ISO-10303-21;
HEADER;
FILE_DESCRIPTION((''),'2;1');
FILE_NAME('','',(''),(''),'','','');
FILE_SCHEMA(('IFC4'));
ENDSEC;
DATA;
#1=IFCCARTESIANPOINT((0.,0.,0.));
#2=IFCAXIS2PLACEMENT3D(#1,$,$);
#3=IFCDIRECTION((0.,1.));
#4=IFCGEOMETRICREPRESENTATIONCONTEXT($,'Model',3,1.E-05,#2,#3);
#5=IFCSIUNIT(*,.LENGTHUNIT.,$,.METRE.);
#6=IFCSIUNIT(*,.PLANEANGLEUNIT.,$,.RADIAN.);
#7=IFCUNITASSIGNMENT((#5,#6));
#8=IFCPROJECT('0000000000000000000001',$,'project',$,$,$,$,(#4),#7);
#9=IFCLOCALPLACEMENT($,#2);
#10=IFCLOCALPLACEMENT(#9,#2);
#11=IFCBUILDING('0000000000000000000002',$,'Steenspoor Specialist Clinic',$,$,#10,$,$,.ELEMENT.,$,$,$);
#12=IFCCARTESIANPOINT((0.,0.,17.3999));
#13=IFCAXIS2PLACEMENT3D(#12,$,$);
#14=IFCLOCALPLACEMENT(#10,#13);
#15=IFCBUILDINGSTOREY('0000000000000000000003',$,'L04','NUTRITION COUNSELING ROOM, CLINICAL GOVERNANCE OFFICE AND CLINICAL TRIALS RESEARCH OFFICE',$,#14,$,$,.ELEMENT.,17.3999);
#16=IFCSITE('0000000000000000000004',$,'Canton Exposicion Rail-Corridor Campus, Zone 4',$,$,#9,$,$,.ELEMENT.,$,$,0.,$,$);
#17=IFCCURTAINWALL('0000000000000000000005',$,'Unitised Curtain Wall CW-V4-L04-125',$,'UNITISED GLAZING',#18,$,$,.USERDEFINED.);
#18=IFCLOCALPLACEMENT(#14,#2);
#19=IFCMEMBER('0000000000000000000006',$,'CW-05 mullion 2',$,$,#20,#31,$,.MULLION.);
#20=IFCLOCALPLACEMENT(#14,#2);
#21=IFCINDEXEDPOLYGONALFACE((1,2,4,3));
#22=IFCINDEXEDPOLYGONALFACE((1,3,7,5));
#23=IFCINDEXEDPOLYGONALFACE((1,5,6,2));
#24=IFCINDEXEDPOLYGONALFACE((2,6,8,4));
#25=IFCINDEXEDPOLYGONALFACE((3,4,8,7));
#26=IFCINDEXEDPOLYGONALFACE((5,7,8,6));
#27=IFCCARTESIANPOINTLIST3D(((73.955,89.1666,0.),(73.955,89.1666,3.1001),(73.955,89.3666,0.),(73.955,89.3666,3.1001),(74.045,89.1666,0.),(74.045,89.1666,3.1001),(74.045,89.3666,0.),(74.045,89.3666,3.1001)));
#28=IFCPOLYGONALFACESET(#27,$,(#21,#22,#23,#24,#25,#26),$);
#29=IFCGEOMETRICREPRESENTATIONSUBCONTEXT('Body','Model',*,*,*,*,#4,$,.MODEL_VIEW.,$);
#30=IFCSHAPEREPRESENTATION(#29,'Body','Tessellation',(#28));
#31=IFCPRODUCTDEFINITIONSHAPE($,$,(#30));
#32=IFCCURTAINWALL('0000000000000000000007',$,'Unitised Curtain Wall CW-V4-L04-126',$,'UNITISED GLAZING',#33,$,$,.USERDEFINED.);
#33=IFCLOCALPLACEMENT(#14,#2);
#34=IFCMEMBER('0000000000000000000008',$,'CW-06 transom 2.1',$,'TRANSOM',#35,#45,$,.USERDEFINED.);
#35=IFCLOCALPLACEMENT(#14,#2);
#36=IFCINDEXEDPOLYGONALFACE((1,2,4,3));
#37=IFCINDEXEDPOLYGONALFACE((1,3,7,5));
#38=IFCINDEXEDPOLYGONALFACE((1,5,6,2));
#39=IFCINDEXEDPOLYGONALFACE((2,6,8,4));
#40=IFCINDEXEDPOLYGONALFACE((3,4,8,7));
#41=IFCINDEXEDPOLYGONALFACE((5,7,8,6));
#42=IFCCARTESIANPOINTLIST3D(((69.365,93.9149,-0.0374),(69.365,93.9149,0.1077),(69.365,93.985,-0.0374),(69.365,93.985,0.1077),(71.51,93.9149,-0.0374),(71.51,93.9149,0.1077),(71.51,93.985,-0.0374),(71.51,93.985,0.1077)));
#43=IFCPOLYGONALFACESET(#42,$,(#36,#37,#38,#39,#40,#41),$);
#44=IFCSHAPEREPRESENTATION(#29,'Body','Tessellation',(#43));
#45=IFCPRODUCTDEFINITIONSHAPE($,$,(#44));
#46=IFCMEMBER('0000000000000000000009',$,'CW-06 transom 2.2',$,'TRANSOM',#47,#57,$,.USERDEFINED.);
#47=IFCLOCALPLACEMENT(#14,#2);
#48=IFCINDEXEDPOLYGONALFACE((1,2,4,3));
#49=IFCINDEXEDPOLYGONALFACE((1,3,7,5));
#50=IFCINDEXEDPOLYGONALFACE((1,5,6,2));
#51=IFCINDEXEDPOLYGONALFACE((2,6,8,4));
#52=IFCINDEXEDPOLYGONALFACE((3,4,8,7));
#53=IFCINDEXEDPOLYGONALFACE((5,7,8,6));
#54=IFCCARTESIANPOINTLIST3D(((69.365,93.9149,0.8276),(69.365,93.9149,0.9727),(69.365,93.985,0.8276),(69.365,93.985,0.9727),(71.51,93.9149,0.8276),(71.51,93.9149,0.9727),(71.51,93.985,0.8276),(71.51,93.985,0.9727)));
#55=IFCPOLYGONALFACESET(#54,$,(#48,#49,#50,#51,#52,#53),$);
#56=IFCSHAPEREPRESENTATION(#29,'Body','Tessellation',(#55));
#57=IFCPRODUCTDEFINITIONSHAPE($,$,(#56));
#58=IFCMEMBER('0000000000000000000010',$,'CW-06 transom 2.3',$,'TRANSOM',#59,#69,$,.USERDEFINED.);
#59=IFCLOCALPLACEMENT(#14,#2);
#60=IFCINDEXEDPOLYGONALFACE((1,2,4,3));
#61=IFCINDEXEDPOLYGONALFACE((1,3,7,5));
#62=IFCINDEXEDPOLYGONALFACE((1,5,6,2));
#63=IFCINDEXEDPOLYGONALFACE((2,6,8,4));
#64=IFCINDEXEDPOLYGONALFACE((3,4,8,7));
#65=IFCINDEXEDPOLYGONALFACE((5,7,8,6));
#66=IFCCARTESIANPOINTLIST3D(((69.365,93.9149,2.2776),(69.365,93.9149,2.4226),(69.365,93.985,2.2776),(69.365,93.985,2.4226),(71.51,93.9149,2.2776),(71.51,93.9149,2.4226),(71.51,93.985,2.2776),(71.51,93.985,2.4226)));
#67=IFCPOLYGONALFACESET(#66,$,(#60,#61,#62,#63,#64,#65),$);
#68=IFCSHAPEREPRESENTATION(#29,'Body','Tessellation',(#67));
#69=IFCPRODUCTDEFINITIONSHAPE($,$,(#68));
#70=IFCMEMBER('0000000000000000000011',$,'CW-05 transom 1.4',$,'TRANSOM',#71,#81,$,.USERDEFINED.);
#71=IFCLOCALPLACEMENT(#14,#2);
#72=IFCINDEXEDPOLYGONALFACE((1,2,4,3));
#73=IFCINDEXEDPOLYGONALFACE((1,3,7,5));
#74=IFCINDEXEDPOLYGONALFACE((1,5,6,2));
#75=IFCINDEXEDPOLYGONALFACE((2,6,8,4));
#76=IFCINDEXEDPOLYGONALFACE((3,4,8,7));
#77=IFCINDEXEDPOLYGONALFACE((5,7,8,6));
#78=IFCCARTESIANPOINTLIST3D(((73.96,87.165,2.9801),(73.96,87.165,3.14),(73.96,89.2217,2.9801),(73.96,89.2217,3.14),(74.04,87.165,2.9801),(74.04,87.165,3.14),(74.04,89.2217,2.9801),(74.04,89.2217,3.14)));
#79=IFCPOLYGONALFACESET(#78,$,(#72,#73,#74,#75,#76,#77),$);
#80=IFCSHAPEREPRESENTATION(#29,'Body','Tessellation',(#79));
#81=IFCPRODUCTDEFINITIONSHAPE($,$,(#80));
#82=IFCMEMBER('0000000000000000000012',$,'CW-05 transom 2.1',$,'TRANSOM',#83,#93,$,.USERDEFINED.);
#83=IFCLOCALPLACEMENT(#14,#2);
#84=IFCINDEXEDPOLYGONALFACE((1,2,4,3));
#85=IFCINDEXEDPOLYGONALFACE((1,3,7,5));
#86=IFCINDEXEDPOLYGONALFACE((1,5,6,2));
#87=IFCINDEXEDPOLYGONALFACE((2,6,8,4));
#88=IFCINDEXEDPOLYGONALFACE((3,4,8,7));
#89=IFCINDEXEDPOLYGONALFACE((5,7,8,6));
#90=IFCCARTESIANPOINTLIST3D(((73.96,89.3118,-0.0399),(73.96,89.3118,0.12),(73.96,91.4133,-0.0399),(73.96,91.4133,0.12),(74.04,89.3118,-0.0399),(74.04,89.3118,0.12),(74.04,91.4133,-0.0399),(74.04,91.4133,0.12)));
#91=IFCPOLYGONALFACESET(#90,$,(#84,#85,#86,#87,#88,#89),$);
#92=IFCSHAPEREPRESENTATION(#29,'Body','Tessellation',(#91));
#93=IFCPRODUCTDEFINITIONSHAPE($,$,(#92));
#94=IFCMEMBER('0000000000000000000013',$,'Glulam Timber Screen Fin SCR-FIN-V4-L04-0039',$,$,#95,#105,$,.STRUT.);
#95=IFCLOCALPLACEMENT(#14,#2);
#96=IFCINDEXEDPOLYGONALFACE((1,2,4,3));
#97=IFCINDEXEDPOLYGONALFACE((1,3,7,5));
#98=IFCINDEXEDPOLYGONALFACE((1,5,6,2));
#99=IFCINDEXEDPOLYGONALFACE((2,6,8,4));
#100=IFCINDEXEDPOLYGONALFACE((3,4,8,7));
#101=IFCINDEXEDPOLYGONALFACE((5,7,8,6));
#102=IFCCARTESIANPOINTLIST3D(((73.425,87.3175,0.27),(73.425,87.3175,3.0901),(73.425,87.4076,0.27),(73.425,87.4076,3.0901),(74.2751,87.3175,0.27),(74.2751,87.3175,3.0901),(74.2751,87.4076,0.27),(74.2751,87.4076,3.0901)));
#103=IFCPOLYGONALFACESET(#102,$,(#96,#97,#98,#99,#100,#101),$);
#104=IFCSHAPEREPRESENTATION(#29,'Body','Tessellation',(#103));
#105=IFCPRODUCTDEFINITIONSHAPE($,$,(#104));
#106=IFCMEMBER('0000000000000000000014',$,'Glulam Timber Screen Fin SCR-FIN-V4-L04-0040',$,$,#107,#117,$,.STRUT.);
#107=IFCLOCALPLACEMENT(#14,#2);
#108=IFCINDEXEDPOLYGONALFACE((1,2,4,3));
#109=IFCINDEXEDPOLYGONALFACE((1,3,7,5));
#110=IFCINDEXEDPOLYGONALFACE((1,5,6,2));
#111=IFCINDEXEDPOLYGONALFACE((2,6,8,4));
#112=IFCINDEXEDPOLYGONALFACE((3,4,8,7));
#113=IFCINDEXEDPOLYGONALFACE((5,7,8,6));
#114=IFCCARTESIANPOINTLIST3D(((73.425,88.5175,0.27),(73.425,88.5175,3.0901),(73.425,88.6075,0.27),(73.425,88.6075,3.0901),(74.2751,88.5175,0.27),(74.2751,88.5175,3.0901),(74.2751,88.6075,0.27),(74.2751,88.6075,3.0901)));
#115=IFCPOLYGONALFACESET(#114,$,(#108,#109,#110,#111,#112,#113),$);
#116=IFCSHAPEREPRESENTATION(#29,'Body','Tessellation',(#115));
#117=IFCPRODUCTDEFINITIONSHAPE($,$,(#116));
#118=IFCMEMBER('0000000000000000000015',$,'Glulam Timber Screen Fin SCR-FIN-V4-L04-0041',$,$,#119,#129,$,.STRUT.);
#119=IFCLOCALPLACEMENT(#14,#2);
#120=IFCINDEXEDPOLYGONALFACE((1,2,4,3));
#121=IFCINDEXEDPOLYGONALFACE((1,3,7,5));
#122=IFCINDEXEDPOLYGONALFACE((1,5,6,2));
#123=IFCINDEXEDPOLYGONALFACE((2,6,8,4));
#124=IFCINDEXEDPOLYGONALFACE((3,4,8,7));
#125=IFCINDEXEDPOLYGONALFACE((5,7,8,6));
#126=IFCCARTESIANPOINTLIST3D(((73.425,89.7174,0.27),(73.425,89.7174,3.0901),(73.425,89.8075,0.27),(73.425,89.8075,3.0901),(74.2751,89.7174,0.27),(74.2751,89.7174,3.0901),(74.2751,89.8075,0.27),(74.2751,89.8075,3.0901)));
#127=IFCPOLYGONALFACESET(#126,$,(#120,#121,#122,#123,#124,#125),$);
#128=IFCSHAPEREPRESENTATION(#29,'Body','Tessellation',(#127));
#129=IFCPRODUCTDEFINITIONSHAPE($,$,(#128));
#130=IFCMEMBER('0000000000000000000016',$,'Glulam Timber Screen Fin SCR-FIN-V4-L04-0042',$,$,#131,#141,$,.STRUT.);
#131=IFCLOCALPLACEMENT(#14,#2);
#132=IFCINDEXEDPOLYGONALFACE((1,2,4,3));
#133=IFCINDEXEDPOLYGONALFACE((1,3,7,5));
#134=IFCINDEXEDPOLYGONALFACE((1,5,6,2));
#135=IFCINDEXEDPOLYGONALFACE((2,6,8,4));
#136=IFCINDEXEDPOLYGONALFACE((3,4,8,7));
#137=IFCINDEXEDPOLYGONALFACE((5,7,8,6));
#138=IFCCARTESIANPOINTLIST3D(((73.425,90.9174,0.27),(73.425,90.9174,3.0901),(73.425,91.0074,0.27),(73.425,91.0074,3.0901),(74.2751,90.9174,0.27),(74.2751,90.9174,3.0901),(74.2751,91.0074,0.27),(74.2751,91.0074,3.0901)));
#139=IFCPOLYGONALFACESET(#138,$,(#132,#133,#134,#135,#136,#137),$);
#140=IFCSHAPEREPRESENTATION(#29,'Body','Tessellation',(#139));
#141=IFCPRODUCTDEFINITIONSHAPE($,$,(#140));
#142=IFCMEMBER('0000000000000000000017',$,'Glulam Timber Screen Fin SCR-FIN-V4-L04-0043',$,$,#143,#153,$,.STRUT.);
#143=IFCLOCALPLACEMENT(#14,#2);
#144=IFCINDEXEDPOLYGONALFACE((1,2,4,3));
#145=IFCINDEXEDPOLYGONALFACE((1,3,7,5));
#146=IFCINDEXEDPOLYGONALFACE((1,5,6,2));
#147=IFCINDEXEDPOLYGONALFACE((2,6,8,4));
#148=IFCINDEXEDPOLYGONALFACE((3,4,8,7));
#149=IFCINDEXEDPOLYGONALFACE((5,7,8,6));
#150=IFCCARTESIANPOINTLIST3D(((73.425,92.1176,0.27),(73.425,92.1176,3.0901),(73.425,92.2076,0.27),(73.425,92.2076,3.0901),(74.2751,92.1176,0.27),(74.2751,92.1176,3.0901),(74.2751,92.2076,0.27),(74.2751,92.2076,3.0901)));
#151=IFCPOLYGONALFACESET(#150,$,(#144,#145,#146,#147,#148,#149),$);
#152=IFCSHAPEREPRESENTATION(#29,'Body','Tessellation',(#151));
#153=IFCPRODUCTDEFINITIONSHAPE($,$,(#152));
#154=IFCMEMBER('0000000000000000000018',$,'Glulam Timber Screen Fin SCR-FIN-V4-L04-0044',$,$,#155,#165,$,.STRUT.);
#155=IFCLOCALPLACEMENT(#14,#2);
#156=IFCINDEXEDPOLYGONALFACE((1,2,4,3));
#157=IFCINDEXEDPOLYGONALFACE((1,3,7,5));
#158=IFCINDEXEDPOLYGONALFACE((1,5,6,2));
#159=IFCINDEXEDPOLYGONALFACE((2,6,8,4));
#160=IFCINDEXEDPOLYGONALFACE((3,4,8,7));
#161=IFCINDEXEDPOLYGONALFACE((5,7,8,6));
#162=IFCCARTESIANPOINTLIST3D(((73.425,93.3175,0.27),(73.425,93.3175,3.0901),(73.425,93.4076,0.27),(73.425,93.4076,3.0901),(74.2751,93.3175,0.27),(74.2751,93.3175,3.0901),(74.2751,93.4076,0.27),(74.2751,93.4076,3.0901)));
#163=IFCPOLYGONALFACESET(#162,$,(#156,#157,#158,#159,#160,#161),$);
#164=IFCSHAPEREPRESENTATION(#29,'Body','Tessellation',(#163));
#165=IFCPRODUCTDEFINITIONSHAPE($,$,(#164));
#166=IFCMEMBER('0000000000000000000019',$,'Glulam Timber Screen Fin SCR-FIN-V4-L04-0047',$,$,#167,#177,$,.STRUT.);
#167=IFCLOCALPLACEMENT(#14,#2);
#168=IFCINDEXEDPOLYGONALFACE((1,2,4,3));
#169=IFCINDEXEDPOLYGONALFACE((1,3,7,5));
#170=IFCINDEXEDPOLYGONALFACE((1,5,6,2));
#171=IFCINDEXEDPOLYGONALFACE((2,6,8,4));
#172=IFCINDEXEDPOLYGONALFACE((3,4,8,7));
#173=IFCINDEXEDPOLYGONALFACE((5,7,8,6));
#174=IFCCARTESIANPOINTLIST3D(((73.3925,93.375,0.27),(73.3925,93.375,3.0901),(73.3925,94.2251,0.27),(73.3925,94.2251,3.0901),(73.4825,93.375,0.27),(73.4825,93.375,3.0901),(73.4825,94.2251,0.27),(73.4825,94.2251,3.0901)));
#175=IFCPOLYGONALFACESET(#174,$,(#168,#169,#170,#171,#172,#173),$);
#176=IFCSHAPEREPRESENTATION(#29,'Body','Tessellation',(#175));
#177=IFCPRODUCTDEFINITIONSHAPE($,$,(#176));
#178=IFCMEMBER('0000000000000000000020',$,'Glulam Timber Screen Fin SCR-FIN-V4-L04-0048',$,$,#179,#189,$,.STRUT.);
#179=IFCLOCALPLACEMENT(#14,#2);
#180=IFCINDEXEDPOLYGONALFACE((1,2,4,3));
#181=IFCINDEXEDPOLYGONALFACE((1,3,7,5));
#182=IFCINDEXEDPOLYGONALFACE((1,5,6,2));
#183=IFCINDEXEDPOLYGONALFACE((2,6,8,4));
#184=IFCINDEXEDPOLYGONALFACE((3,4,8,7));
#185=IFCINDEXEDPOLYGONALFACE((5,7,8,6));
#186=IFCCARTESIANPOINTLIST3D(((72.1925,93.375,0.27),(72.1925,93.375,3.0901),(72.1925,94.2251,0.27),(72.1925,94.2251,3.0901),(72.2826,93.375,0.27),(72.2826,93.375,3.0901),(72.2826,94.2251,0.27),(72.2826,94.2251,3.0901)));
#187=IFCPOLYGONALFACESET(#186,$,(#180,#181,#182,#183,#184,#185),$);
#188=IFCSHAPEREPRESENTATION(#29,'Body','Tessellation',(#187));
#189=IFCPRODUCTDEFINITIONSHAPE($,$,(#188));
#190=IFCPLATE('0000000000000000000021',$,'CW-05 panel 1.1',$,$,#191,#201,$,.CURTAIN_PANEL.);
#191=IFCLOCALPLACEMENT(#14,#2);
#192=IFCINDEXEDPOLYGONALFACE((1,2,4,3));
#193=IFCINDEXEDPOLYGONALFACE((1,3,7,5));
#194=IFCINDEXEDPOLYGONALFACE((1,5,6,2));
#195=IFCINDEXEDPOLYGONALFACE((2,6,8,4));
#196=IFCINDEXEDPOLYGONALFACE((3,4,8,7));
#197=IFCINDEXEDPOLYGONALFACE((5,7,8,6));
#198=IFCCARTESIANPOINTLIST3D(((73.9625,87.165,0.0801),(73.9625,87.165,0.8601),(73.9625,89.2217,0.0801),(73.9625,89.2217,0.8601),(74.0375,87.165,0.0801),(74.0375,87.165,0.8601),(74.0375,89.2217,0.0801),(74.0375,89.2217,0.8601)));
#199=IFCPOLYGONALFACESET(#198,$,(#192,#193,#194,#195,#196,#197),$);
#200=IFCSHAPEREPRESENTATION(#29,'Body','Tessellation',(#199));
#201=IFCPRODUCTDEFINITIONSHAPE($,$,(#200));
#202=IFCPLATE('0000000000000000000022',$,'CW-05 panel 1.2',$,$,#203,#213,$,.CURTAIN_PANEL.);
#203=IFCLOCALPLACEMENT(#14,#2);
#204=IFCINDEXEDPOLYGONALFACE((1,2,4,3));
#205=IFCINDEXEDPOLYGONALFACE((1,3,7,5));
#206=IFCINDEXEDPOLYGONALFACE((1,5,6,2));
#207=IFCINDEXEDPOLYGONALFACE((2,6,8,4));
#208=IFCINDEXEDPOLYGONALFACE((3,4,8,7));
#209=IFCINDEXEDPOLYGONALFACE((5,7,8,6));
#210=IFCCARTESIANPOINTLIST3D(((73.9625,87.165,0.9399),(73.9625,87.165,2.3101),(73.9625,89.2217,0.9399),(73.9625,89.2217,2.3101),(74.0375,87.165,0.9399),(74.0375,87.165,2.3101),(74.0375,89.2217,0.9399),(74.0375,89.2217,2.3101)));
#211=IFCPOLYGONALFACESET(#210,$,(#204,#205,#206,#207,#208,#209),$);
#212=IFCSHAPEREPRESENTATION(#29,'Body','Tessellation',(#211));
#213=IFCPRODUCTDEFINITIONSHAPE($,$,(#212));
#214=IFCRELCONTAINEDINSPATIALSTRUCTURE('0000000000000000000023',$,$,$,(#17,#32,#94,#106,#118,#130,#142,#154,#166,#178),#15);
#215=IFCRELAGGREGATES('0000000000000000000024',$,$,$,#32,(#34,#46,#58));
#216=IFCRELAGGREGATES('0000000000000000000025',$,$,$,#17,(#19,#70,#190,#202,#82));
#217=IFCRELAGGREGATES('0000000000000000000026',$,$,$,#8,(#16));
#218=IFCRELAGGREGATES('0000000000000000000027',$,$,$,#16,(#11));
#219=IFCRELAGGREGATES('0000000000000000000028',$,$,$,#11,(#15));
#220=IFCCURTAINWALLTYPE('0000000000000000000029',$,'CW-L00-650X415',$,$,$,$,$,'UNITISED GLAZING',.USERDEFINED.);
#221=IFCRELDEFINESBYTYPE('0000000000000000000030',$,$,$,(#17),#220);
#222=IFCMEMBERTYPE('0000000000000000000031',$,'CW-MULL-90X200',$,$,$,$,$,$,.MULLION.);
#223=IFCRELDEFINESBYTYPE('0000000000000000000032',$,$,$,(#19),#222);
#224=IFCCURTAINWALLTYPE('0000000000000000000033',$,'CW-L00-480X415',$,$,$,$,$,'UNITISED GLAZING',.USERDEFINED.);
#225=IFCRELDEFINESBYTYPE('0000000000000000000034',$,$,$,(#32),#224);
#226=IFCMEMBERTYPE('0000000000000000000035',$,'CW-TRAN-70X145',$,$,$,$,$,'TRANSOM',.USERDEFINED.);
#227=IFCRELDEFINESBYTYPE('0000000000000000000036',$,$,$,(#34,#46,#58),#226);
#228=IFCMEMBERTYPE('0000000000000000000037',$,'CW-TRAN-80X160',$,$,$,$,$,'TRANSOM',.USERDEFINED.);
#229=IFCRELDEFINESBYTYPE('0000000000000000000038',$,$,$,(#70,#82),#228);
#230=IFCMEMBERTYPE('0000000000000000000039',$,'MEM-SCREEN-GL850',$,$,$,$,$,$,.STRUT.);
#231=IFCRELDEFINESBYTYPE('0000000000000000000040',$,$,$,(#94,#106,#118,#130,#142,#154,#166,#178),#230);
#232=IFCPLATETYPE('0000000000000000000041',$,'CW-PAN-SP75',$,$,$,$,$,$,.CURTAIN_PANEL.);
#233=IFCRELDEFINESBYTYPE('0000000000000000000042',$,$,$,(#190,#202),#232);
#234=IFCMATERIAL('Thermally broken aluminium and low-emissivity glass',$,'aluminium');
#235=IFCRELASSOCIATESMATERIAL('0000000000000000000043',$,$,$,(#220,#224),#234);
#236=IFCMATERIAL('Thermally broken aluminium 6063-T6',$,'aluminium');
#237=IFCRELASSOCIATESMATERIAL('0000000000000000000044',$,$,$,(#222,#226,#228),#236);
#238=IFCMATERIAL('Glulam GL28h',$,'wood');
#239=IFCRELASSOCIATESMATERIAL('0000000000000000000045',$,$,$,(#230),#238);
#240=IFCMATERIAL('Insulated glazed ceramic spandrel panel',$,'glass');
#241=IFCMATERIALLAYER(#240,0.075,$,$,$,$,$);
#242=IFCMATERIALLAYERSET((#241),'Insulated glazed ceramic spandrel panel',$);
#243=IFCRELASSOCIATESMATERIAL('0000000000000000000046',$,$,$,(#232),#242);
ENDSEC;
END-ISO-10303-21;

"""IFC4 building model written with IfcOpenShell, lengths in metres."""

from ifc_helpers import new_model, si_unit, direction, frame, origin, origin_2d, place, context, subcontext, project, spatial, rectangle, extrude, material, layer, layer_set, material_profile, profile_set, type_object, element, aggregate, save


model = new_model("IFC4")

# Units and contexts
model_context = context("Model", 3, precision=1e-05, world=origin(), true_north=direction((0.0, 1.0)))
body_context = subcontext(model_context, "Body", "Model", "MODEL_VIEW")
ifc_project = project(units=[si_unit("LENGTHUNIT", "METRE"), si_unit("PLANEANGLEUNIT", "RADIAN")], contexts=[model_context])

# Site, building, storey
site_placement = place(None, origin())
site = spatial("IfcSite", under=ifc_project, at=site_placement, Name="Canton Exposicion Rail-Corridor Campus, Zone 4", CompositionType="ELEMENT", RefElevation=0.0)
building_placement = place(site_placement, origin())
building = spatial("IfcBuilding", under=site, at=building_placement, Name="Steenspoor Specialist Clinic", CompositionType="ELEMENT")
storey_placement = place(building_placement, frame((0.0, 0.0, 17.3999)))
storey = spatial("IfcBuildingStorey", under=building, at=storey_placement, Name="L04", Description="NUTRITION COUNSELING ROOM, CLINICAL GOVERNANCE OFFICE AND CLINICAL TRIALS RESEARCH OFFICE", CompositionType="ELEMENT", Elevation=17.3999)

# Curtain wall, member
ifc_material_1 = material(Name="Thermally broken aluminium and low-emissivity glass", Category="aluminium")
curtain_wall_type_1 = type_object("IfcCurtainWallType", Name="CW-L00-650X415", ElementType="UNITISED GLAZING", PredefinedType="USERDEFINED", material=ifc_material_1)
curtain_wall_1_placement = place(storey_placement, origin())
curtain_wall_1 = element("IfcCurtainWall", 1, at=curtain_wall_1_placement, inside=storey, type_object=curtain_wall_type_1, Name="Unitised Curtain Wall CW-V4-L04-125", ObjectType="UNITISED GLAZING", PredefinedType="USERDEFINED")
ifc_material_2 = material(Name="Thermally broken aluminium 6063-T6", Category="aluminium")
ifc_material_profile_1 = material_profile(ifc_material_2, rectangle(XDim=0.0901, YDim=0.2, at=origin_2d()), Name="CWM-90X200")
ifc_profile_set_1 = profile_set([ifc_material_profile_1], Name="Thermally broken aluminium 6063-T6")
member_type_1 = type_object("IfcMemberType", Name="CW-MULL-90X200", PredefinedType="MULLION", material=ifc_profile_set_1)
member_1_placement = place(storey_placement, frame((74.0, 89.2666, 0.0), z_axis=(0.0, 0.0, 1.0), x_axis=(-1.0, 0.0, 0.0)))
member_1 = element("IfcMember", 2, at=member_1_placement, type_object=member_type_1, Name="CW-05 mullion 2", PredefinedType="MULLION", context=body_context, shape_type="SweptSolid", body=[
    extrude(rectangle(XDim=0.0901, YDim=0.2, at=origin_2d()), origin(), (0.0, 0.0, 1.0), 3.1001),
])

# Curtain wall, members
curtain_wall_type_2 = type_object("IfcCurtainWallType", Name="CW-L00-480X415", ElementType="UNITISED GLAZING", PredefinedType="USERDEFINED", material=ifc_material_1)
curtain_wall_2_placement = place(storey_placement, origin())
curtain_wall_2 = element("IfcCurtainWall", 3, at=curtain_wall_2_placement, inside=storey, type_object=curtain_wall_type_2, Name="Unitised Curtain Wall CW-V4-L04-126", ObjectType="UNITISED GLAZING", PredefinedType="USERDEFINED")
ifc_material_profile_2 = material_profile(ifc_material_2, rectangle(XDim=0.0701, YDim=0.145, at=origin_2d()), Name="CWT-70X145")
ifc_profile_set_2 = profile_set([ifc_material_profile_2], Name="Thermally broken aluminium 6063-T6")
member_type_2 = type_object("IfcMemberType", Name="CW-TRAN-70X145", ElementType="TRANSOM", PredefinedType="USERDEFINED", material=ifc_profile_set_2)
member_2_placement = place(storey_placement, frame((71.51, 93.95, 0.0352), z_axis=(-1.0, 0.0, 0.0), x_axis=(0.0, -1.0, 0.0)))
member_2 = element("IfcMember", 4, at=member_2_placement, type_object=member_type_2, Name="CW-06 transom 2.1", ObjectType="TRANSOM", PredefinedType="USERDEFINED", context=body_context, shape_type="SweptSolid", body=[
    extrude(rectangle(XDim=0.0701, YDim=0.145, at=origin_2d()), origin(), (0.0, 0.0, 1.0), 2.145),
])
member_3_placement = place(storey_placement, frame((71.51, 93.95, 0.9001), z_axis=(-1.0, 0.0, 0.0), x_axis=(0.0, -1.0, 0.0)))
member_3 = element("IfcMember", 5, at=member_3_placement, type_object=member_type_2, Name="CW-06 transom 2.2", ObjectType="TRANSOM", PredefinedType="USERDEFINED", context=body_context, shape_type="SweptSolid", body=[
    extrude(rectangle(XDim=0.0701, YDim=0.145, at=origin_2d()), origin(), (0.0, 0.0, 1.0), 2.145),
])
member_4_placement = place(storey_placement, frame((71.51, 93.95, 2.3501), z_axis=(-1.0, 0.0, 0.0), x_axis=(0.0, -1.0, 0.0)))
member_4 = element("IfcMember", 6, at=member_4_placement, type_object=member_type_2, Name="CW-06 transom 2.3", ObjectType="TRANSOM", PredefinedType="USERDEFINED", context=body_context, shape_type="SweptSolid", body=[
    extrude(rectangle(XDim=0.0701, YDim=0.145, at=origin_2d()), origin(), (0.0, 0.0, 1.0), 2.145),
])
aggregate(curtain_wall_2, [member_2, member_3, member_4])

# Members
ifc_material_profile_3 = material_profile(ifc_material_2, rectangle(XDim=0.0801, YDim=0.1599, at=origin_2d()), Name="CWT-80X160")
ifc_profile_set_3 = profile_set([ifc_material_profile_3], Name="Thermally broken aluminium 6063-T6")
member_type_3 = type_object("IfcMemberType", Name="CW-TRAN-80X160", ElementType="TRANSOM", PredefinedType="USERDEFINED", material=ifc_profile_set_3)
member_5_placement = place(storey_placement, frame((74.0, 87.165, 3.0601), z_axis=(0.0, 1.0, 0.0), x_axis=(-1.0, 0.0, 0.0)))
member_5 = element("IfcMember", 7, at=member_5_placement, type_object=member_type_3, Name="CW-05 transom 1.4", ObjectType="TRANSOM", PredefinedType="USERDEFINED", context=body_context, shape_type="SweptSolid", body=[
    extrude(rectangle(XDim=0.0801, YDim=0.1599, at=origin_2d()), origin(), (0.0, 0.0, 1.0), 2.0566),
])
member_6_placement = place(storey_placement, frame((74.0, 89.3118, 0.04), z_axis=(0.0, 1.0, 0.0), x_axis=(-1.0, 0.0, 0.0)))
member_6 = element("IfcMember", 8, at=member_6_placement, type_object=member_type_3, Name="CW-05 transom 2.1", ObjectType="TRANSOM", PredefinedType="USERDEFINED", context=body_context, shape_type="SweptSolid", body=[
    extrude(rectangle(XDim=0.0801, YDim=0.1599, at=origin_2d()), origin(), (0.0, 0.0, 1.0), 2.1016),
])

# Members
ifc_material_3 = material(Name="Glulam GL28h", Category="wood")
ifc_material_profile_4 = material_profile(ifc_material_3, rectangle(XDim=0.0901, YDim=0.8501, at=origin_2d()), Name="GL28H-90X850")
ifc_profile_set_4 = profile_set([ifc_material_profile_4], Name="Glulam GL28h")
member_type_4 = type_object("IfcMemberType", Name="MEM-SCREEN-GL850", PredefinedType="STRUT", material=ifc_profile_set_4)
for number, where, z_axis, x_axis, name in (
    (9, (73.8501, 87.3625, 0.27), (0.0, 0.0, 1.0), (0.0, 1.0, 0.0), "Glulam Timber Screen Fin SCR-FIN-V4-L04-0039"),
    (10, (73.8501, 88.5625, 0.27), (0.0, 0.0, 1.0), (0.0, 1.0, 0.0), "Glulam Timber Screen Fin SCR-FIN-V4-L04-0040"),
    (11, (73.8501, 89.7625, 0.27), (0.0, 0.0, 1.0), (0.0, 1.0, 0.0), "Glulam Timber Screen Fin SCR-FIN-V4-L04-0041"),
    (12, (73.8501, 90.9624, 0.27), (0.0, 0.0, 1.0), (0.0, 1.0, 0.0), "Glulam Timber Screen Fin SCR-FIN-V4-L04-0042"),
    (13, (73.8501, 92.1626, 0.27), (0.0, 0.0, 1.0), (0.0, 1.0, 0.0), "Glulam Timber Screen Fin SCR-FIN-V4-L04-0043"),
    (14, (73.8501, 93.3625, 0.27), (0.0, 0.0, 1.0), (0.0, 1.0, 0.0), "Glulam Timber Screen Fin SCR-FIN-V4-L04-0044"),
    (15, (73.4375, 93.8, 0.27), (0.0, 0.0, 1.0), (-1.0, 0.0, 0.0), "Glulam Timber Screen Fin SCR-FIN-V4-L04-0047"),
    (16, (72.2375, 93.8, 0.27), (0.0, 0.0, 1.0), (-1.0, 0.0, 0.0), "Glulam Timber Screen Fin SCR-FIN-V4-L04-0048"),
):
    element("IfcMember", number, at=place(storey_placement, frame(where, z_axis=z_axis, x_axis=x_axis)), inside=storey, type_object=member_type_4, Name=name, PredefinedType="STRUT", context=body_context, shape_type="SweptSolid", body=[
        extrude(rectangle(XDim=0.0901, YDim=0.8501, at=origin_2d()), origin(), (0.0, 0.0, 1.0), 2.8201),
    ])

# Plates
ifc_material_4 = material(Name="Insulated glazed ceramic spandrel panel", Category="glass")
ifc_layer = layer(ifc_material_4, 0.075)
ifc_layer_set = layer_set([ifc_layer], Name="Insulated glazed ceramic spandrel panel")
plate_type = type_object("IfcPlateType", Name="CW-PAN-SP75", PredefinedType="CURTAIN_PANEL", material=ifc_layer_set)
plate_1_placement = place(storey_placement, frame((74.0, 88.1934, 0.0801), z_axis=(0.0, 0.0, 1.0), x_axis=(0.0, 1.0, 0.0)))
plate_1 = element("IfcPlate", 17, at=plate_1_placement, type_object=plate_type, Name="CW-05 panel 1.1", PredefinedType="CURTAIN_PANEL", context=body_context, shape_type="SweptSolid", body=[
    extrude(rectangle(XDim=2.0566, YDim=0.075, at=origin_2d()), origin(), (0.0, 0.0, 1.0), 0.78),
])
plate_2_placement = place(storey_placement, frame((74.0, 88.1934, 0.9399), z_axis=(0.0, 0.0, 1.0), x_axis=(0.0, 1.0, 0.0)))
plate_2 = element("IfcPlate", 18, at=plate_2_placement, type_object=plate_type, Name="CW-05 panel 1.2", PredefinedType="CURTAIN_PANEL", context=body_context, shape_type="SweptSolid", body=[
    extrude(rectangle(XDim=2.0566, YDim=0.075, at=origin_2d()), origin(), (0.0, 0.0, 1.0), 1.3701),
])
aggregate(curtain_wall_1, [member_1, member_5, plate_1, plate_2, member_6])

save(model, "model.ifc")
